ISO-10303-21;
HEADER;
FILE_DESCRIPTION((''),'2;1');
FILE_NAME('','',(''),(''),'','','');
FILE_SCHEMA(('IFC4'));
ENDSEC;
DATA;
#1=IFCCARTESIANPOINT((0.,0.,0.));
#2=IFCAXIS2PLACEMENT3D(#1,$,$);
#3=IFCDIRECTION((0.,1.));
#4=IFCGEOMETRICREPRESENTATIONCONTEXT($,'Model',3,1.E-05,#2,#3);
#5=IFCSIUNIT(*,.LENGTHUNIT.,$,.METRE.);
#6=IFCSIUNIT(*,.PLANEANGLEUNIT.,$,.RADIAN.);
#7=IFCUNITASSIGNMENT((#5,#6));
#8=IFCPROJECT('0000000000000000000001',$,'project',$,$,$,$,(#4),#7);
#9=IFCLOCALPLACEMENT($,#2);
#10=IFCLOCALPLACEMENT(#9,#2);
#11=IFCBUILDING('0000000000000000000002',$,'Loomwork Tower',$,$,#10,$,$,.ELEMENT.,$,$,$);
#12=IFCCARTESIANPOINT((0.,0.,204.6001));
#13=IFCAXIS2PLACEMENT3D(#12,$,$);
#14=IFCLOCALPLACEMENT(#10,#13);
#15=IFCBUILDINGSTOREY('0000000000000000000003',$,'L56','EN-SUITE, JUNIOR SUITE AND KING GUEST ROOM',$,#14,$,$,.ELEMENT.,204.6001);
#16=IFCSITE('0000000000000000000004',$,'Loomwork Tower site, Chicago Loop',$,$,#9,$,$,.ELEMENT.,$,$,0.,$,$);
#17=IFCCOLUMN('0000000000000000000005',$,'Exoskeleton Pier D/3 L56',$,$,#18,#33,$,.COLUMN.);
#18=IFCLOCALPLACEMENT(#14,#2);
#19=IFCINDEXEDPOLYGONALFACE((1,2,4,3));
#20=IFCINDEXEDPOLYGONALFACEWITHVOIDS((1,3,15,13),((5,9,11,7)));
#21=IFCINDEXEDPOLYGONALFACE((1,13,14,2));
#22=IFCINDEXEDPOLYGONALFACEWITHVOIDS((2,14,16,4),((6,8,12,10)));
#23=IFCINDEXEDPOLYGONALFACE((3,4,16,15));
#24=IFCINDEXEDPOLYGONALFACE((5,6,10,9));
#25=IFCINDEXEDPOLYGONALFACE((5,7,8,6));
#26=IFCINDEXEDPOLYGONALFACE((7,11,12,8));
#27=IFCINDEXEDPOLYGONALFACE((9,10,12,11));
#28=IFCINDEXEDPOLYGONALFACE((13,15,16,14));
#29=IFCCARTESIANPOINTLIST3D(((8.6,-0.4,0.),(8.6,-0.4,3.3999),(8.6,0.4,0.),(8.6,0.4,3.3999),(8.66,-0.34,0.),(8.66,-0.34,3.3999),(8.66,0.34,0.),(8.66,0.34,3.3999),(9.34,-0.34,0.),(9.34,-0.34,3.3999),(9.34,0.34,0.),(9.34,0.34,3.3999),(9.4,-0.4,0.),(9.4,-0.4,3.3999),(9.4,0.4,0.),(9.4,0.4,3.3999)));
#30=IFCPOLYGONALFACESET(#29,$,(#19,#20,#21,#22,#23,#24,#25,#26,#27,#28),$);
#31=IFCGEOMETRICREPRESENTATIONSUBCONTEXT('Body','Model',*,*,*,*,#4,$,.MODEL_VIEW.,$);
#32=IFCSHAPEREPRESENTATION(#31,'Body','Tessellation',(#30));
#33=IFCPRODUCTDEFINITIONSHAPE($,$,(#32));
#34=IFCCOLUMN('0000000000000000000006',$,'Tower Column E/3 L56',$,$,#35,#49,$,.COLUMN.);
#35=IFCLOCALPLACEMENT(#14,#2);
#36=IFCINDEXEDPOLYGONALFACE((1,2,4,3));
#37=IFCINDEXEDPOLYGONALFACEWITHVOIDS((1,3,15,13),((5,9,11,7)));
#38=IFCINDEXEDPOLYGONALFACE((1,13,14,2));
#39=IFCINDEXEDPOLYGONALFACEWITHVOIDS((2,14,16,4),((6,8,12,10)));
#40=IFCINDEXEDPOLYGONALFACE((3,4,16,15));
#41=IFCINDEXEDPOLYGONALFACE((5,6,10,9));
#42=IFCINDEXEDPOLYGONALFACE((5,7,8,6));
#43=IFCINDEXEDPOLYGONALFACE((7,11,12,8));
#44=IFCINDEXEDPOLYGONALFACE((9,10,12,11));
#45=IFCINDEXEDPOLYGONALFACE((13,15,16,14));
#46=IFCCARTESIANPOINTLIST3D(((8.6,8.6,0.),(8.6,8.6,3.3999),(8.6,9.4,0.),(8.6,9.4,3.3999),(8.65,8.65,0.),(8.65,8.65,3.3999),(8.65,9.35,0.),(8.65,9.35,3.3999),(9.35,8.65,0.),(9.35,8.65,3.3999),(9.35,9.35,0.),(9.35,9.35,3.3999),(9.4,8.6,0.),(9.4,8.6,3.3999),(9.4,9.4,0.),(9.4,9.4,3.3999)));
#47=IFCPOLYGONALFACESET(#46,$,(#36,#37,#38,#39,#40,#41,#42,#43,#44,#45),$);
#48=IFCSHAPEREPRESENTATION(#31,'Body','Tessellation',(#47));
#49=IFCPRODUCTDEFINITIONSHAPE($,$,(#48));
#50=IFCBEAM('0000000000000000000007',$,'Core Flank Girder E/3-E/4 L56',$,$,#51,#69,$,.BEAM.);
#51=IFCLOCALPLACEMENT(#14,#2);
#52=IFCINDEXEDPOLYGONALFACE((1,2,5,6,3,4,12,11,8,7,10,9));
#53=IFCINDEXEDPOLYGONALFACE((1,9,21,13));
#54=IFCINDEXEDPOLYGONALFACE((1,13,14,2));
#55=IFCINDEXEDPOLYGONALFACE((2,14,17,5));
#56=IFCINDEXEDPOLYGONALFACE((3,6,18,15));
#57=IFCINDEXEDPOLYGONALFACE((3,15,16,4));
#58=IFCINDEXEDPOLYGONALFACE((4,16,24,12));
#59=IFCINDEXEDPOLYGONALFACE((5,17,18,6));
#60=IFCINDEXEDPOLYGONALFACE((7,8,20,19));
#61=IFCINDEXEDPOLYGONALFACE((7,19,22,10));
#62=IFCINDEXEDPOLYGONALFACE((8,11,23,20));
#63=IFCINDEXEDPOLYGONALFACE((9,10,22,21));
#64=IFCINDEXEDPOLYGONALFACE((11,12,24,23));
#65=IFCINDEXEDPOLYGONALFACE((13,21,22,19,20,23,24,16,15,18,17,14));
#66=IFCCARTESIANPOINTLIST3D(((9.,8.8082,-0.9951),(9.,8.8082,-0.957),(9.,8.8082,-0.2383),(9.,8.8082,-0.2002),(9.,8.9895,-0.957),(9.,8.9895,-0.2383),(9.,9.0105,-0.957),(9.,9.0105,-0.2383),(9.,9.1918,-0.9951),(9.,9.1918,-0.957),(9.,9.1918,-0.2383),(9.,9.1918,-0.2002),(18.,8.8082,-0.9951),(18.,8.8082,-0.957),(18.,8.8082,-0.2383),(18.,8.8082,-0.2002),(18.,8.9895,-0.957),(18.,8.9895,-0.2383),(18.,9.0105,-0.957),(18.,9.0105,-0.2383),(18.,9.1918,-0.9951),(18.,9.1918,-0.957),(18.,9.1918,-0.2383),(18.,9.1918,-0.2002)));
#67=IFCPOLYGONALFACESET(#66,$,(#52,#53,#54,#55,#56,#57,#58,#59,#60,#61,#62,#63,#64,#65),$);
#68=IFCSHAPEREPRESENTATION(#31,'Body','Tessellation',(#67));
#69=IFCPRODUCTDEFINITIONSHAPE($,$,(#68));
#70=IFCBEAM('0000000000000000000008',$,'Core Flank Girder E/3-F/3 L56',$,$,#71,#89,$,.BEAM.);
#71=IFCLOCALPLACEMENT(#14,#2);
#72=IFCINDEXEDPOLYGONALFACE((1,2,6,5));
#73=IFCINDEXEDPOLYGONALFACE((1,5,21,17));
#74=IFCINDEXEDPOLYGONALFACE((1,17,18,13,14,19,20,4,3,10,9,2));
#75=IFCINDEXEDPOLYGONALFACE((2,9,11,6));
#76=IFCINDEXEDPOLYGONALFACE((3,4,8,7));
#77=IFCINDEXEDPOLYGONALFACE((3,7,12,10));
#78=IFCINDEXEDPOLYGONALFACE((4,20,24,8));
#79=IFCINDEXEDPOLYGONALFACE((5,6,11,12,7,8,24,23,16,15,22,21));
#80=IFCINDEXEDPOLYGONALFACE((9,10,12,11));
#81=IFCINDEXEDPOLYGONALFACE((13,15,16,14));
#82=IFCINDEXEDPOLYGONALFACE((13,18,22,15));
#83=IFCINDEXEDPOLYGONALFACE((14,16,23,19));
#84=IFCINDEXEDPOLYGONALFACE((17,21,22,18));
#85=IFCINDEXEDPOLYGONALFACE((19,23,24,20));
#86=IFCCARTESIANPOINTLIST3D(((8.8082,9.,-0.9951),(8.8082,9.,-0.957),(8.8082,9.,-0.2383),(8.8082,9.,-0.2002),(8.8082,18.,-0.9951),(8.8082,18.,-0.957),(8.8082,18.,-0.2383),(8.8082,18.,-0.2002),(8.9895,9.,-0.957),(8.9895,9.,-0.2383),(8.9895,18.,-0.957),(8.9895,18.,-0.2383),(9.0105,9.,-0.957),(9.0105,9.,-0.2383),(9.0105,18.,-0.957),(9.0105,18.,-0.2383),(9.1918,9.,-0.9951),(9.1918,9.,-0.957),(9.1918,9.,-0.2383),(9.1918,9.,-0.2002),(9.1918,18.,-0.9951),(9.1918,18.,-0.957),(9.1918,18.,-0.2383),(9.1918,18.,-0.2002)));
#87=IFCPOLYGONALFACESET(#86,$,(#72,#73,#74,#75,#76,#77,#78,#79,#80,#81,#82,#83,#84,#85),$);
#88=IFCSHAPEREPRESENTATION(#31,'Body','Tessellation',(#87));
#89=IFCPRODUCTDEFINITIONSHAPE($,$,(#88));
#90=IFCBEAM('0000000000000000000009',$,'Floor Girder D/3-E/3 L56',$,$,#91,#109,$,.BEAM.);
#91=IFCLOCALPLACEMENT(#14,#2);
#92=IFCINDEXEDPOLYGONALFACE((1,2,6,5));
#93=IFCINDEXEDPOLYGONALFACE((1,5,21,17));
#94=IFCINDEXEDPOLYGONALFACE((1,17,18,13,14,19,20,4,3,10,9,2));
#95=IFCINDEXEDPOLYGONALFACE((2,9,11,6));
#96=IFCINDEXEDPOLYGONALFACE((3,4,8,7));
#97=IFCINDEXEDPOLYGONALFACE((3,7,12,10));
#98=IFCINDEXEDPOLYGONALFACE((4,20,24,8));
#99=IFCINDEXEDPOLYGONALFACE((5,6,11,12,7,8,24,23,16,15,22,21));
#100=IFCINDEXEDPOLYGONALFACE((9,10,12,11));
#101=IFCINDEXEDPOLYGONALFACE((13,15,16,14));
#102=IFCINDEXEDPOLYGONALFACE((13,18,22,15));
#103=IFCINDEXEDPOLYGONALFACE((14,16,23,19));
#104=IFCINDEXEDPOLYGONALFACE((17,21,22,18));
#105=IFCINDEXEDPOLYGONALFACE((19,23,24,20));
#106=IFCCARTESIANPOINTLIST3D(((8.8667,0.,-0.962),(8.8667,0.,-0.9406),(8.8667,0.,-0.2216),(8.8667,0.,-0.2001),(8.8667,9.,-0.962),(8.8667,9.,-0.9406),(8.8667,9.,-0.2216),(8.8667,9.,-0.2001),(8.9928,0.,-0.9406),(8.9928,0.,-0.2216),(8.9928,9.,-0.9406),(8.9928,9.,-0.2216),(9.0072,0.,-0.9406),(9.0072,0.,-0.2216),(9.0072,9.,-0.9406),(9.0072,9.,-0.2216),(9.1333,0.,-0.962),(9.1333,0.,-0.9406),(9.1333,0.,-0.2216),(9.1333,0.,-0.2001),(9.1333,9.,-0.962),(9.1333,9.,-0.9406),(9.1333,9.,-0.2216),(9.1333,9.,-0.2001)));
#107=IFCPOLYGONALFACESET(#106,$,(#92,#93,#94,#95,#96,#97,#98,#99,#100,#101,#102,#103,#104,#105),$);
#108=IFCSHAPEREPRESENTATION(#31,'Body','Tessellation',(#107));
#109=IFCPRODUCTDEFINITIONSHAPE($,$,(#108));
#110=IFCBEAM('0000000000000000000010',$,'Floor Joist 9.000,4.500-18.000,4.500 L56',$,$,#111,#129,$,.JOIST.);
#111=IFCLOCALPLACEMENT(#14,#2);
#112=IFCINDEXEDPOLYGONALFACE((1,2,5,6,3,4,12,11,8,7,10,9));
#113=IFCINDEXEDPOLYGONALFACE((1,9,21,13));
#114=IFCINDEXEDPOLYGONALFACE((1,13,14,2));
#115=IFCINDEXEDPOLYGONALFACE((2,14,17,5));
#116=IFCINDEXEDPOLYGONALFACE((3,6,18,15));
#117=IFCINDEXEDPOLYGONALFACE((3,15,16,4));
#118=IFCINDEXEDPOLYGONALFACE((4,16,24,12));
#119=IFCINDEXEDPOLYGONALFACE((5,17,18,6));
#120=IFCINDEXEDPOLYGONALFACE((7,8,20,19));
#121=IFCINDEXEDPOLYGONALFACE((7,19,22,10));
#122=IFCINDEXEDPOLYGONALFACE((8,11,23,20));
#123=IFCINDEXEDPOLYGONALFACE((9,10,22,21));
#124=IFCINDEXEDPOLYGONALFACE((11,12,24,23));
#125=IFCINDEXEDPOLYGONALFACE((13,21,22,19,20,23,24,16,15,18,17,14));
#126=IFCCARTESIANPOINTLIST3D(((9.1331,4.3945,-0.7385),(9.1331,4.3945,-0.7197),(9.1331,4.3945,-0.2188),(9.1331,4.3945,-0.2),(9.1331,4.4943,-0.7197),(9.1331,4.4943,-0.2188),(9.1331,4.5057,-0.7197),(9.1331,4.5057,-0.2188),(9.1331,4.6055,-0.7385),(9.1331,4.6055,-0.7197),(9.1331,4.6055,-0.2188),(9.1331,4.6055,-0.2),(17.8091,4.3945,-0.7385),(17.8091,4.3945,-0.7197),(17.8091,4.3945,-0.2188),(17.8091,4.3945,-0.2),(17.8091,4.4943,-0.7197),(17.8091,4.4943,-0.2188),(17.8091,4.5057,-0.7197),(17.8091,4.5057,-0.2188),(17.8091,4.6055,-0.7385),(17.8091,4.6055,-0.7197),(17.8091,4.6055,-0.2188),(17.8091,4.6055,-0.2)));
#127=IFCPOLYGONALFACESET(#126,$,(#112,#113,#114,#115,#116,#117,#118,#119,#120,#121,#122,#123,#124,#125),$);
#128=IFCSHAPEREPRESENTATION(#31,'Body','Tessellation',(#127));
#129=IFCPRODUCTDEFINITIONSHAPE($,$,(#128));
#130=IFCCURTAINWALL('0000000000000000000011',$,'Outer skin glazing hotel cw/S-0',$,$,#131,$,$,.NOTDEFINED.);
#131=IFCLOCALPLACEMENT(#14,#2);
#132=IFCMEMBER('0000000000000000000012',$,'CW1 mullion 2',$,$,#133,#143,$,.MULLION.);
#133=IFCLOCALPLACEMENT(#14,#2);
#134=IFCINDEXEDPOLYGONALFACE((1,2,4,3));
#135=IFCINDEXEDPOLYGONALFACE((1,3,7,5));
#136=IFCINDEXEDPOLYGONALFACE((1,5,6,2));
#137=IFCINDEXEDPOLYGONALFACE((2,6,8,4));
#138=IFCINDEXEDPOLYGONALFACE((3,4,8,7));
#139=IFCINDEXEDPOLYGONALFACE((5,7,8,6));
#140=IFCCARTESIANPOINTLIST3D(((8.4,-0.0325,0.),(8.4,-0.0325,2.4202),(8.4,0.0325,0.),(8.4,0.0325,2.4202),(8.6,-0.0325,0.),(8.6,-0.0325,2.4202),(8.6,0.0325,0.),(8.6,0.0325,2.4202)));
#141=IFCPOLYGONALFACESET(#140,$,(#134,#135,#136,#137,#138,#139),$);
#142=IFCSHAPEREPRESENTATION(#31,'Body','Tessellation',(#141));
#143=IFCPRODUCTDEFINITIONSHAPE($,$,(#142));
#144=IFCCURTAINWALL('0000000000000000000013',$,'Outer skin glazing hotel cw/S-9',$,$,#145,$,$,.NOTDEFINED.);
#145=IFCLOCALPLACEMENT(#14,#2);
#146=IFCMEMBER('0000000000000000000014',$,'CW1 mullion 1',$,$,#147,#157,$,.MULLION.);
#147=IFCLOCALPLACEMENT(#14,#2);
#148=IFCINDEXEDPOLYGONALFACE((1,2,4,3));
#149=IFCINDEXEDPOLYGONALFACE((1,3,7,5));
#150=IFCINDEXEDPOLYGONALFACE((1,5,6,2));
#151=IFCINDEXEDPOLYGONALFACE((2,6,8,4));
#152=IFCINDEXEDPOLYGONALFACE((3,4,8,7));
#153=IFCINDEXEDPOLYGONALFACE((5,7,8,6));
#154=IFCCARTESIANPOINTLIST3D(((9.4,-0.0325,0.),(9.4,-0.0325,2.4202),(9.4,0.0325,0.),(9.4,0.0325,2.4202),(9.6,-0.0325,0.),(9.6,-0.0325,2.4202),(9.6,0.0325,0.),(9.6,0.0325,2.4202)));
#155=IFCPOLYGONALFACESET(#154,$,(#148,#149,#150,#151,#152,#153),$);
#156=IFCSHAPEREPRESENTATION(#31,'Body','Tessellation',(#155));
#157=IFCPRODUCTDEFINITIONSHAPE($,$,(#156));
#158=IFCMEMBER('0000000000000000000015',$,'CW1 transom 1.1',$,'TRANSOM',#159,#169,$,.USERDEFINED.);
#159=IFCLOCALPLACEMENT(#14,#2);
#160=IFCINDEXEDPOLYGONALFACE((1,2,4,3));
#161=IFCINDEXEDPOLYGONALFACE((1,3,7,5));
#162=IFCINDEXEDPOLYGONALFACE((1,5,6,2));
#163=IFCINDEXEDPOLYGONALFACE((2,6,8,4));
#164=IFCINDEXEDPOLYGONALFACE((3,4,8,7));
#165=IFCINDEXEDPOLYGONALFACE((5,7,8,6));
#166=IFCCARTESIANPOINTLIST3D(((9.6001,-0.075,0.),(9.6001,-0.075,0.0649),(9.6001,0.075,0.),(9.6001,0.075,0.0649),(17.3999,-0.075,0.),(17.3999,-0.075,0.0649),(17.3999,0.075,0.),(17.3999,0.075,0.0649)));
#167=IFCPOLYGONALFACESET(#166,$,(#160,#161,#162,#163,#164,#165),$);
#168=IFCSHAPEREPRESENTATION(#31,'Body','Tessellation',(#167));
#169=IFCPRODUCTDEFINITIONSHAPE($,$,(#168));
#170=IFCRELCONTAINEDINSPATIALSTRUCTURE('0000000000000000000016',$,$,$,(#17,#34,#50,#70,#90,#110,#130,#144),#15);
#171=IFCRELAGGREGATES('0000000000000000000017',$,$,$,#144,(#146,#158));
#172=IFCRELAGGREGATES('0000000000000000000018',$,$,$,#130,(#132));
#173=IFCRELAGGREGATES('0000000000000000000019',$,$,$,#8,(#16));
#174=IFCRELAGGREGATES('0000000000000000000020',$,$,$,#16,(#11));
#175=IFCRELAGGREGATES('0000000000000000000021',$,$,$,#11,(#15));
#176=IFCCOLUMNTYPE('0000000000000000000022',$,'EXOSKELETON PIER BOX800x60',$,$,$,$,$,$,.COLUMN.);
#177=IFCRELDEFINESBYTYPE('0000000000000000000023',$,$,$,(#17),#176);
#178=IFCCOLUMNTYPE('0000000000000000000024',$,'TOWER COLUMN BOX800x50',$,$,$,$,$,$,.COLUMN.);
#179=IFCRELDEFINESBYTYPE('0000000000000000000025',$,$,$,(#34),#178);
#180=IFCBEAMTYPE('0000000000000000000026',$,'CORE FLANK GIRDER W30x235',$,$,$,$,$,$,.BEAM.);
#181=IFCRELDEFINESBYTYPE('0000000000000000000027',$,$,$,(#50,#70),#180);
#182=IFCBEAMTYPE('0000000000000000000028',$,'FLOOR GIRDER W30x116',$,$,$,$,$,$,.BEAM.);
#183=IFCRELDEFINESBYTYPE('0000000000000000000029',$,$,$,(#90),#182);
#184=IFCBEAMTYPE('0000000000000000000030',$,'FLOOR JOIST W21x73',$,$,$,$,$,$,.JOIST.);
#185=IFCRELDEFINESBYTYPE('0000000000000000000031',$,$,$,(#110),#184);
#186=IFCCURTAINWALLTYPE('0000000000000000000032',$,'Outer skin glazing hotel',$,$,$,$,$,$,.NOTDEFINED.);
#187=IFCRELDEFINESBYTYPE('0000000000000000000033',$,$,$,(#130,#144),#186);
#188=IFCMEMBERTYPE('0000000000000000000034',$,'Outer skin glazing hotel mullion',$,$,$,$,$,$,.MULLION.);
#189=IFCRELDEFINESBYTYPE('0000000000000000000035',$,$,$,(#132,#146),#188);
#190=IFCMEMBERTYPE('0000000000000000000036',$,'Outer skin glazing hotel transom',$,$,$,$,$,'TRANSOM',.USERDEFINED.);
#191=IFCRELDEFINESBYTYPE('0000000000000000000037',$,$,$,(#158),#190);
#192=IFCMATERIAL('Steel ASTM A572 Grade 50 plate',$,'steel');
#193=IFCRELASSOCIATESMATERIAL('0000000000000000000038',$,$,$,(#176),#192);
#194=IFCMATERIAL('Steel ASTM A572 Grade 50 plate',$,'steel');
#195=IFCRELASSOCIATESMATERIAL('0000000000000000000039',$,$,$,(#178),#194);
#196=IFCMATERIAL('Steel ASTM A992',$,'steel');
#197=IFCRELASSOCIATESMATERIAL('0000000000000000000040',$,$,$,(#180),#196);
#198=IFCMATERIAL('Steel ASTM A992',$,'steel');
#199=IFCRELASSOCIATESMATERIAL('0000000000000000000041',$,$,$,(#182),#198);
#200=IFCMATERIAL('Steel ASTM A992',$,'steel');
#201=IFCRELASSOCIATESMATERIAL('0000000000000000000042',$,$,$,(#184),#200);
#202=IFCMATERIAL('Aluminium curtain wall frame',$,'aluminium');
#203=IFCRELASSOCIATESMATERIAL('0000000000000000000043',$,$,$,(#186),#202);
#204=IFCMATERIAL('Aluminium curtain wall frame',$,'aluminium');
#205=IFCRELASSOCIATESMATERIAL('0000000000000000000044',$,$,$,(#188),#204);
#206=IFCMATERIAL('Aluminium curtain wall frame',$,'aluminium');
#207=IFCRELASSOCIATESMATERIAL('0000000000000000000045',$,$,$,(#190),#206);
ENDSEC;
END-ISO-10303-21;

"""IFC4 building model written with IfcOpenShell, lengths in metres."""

from ifc_helpers import new_model, si_unit, direction, frame, origin, origin_2d, place, context, subcontext, project, spatial, rectangle, hollow_rectangle, i_section, extrude, material, material_profile, profile_set, type_object, element, aggregate, save


model = new_model("IFC4")

# Units and contexts
model_context = context("Model", 3, precision=1e-05, world=origin(), true_north=direction((0.0, 1.0)))
body_context = subcontext(model_context, "Body", "Model", "MODEL_VIEW")
ifc_project = project(units=[si_unit("LENGTHUNIT", "METRE"), si_unit("PLANEANGLEUNIT", "RADIAN")], contexts=[model_context])

# Site, building, storey
site_placement = place(None, origin())
site = spatial("IfcSite", under=ifc_project, at=site_placement, Name="Loomwork Tower site, Chicago Loop", CompositionType="ELEMENT", RefElevation=0.0)
building_placement = place(site_placement, origin())
building = spatial("IfcBuilding", under=site, at=building_placement, Name="Loomwork Tower", CompositionType="ELEMENT")
storey_placement = place(building_placement, frame((0.0, 0.0, 204.6001)))
storey = spatial("IfcBuildingStorey", under=building, at=storey_placement, Name="L56", Description="EN-SUITE, JUNIOR SUITE AND KING GUEST ROOM", CompositionType="ELEMENT", Elevation=204.6001)

# Columns
ifc_material_1 = material(Name="Steel ASTM A572 Grade 50 plate", Category="steel")
ifc_material_profile_1 = material_profile(ifc_material_1, hollow_rectangle(XDim=0.8, YDim=0.8, WallThickness=0.0601, at=origin_2d()), Name="BOX800x60")
ifc_profile_set_1 = profile_set([ifc_material_profile_1], Name="Steel ASTM A572 Grade 50 plate")
column_type_1 = type_object("IfcColumnType", Name="EXOSKELETON PIER BOX800x60", PredefinedType="COLUMN", material=ifc_profile_set_1)
column_1_placement = place(storey_placement, frame((9.0, 0.0, 0.0), z_axis=(0.0, 0.0, 1.0), x_axis=(1.0, 0.0, 0.0)))
element("IfcColumn", 1, at=column_1_placement, inside=storey, type_object=column_type_1, Name="Exoskeleton Pier D/3 L56", PredefinedType="COLUMN", context=body_context, shape_type="SweptSolid", body=[
    extrude(hollow_rectangle(XDim=0.8, YDim=0.8, WallThickness=0.0601, at=origin_2d()), origin(), (0.0, 0.0, 1.0), 3.3999),
])
ifc_material_2 = material(Name="Steel ASTM A572 Grade 50 plate", Category="steel")
ifc_material_profile_2 = material_profile(ifc_material_2, hollow_rectangle(XDim=0.8, YDim=0.8, WallThickness=0.05, at=origin_2d()), Name="BOX800x50")
ifc_profile_set_2 = profile_set([ifc_material_profile_2], Name="Steel ASTM A572 Grade 50 plate")
column_type_2 = type_object("IfcColumnType", Name="TOWER COLUMN BOX800x50", PredefinedType="COLUMN", material=ifc_profile_set_2)
column_2_placement = place(storey_placement, frame((9.0, 9.0, 0.0), z_axis=(0.0, 0.0, 1.0), x_axis=(1.0, 0.0, 0.0)))
element("IfcColumn", 2, at=column_2_placement, inside=storey, type_object=column_type_2, Name="Tower Column E/3 L56", PredefinedType="COLUMN", context=body_context, shape_type="SweptSolid", body=[
    extrude(hollow_rectangle(XDim=0.8, YDim=0.8, WallThickness=0.05, at=origin_2d()), origin(), (0.0, 0.0, 1.0), 3.3999),
])

# Beams
ifc_material_3 = material(Name="Steel ASTM A992", Category="steel")
ifc_material_profile_3 = material_profile(ifc_material_3, i_section(OverallWidth=0.3835, OverallDepth=0.7949, WebThickness=0.021, FlangeThickness=0.0381, at=origin_2d()), Name="W30x235")
ifc_profile_set_3 = profile_set([ifc_material_profile_3], Name="Steel ASTM A992")
beam_type_1 = type_object("IfcBeamType", Name="CORE FLANK GIRDER W30x235", PredefinedType="BEAM", material=ifc_profile_set_3)
for number, where, z_axis, x_axis, name in (
    (3, (9.0, 9.0, -0.5977), (1.0, 0.0, 0.0), (0.0, 1.0, 0.0), "Core Flank Girder E/3-E/4 L56"),
    (4, (9.0, 9.0, -0.5977), (0.0, 1.0, 0.0), (-1.0, 0.0, 0.0), "Core Flank Girder E/3-F/3 L56"),
):
    element("IfcBeam", number, at=place(storey_placement, frame(where, z_axis=z_axis, x_axis=x_axis)), inside=storey, type_object=beam_type_1, Name=name, PredefinedType="BEAM", context=body_context, shape_type="SweptSolid", body=[
        extrude(i_section(OverallWidth=0.3835, OverallDepth=0.7949, WebThickness=0.021, FlangeThickness=0.0381, at=origin_2d()), origin(), (0.0, 0.0, 1.0), 9.0),
    ])
ifc_material_4 = material(Name="Steel ASTM A992", Category="steel")
ifc_material_profile_4 = material_profile(ifc_material_4, i_section(OverallWidth=0.2666, OverallDepth=0.762, WebThickness=0.0144, FlangeThickness=0.0215, at=origin_2d()), Name="W30x116")
ifc_profile_set_4 = profile_set([ifc_material_profile_4], Name="Steel ASTM A992")
beam_type_2 = type_object("IfcBeamType", Name="FLOOR GIRDER W30x116", PredefinedType="BEAM", material=ifc_profile_set_4)
beam_1_placement = place(storey_placement, frame((9.0, 0.0, -0.5811), z_axis=(0.0, 1.0, 0.0), x_axis=(-1.0, 0.0, 0.0)))
element("IfcBeam", 5, at=beam_1_placement, inside=storey, type_object=beam_type_2, Name="Floor Girder D/3-E/3 L56", PredefinedType="BEAM", context=body_context, shape_type="SweptSolid", body=[
    extrude(i_section(OverallWidth=0.2666, OverallDepth=0.762, WebThickness=0.0144, FlangeThickness=0.0215, at=origin_2d()), origin(), (0.0, 0.0, 1.0), 9.0),
])
ifc_material_5 = material(Name="Steel ASTM A992", Category="steel")
ifc_material_profile_5 = material_profile(ifc_material_5, i_section(OverallWidth=0.2109, OverallDepth=0.5386, WebThickness=0.0115, FlangeThickness=0.0188, at=origin_2d()), Name="W21x73")
ifc_profile_set_5 = profile_set([ifc_material_profile_5], Name="Steel ASTM A992")
beam_type_3 = type_object("IfcBeamType", Name="FLOOR JOIST W21x73", PredefinedType="JOIST", material=ifc_profile_set_5)
beam_2_placement = place(storey_placement, frame((9.1331, 4.5, -0.4692), z_axis=(1.0, 0.0, 0.0), x_axis=(0.0, 1.0, 0.0)))
element("IfcBeam", 6, at=beam_2_placement, inside=storey, type_object=beam_type_3, Name="Floor Joist 9.000,4.500-18.000,4.500 L56", PredefinedType="JOIST", context=body_context, shape_type="SweptSolid", body=[
    extrude(i_section(OverallWidth=0.2109, OverallDepth=0.5386, WebThickness=0.0115, FlangeThickness=0.0188, at=origin_2d()), origin(), (0.0, 0.0, 1.0), 8.676),
])

# Curtain wall, member
ifc_material_6 = material(Name="Aluminium curtain wall frame", Category="aluminium")
curtain_wall_type = type_object("IfcCurtainWallType", Name="Outer skin glazing hotel", PredefinedType="NOTDEFINED", material=ifc_material_6)
curtain_wall_1_placement = place(storey_placement, origin())
curtain_wall_1 = element("IfcCurtainWall", 7, at=curtain_wall_1_placement, inside=storey, type_object=curtain_wall_type, Name="Outer skin glazing hotel cw/S-0", PredefinedType="NOTDEFINED")
ifc_material_7 = material(Name="Aluminium curtain wall frame", Category="aluminium")
ifc_material_profile_6 = material_profile(ifc_material_7, rectangle(XDim=0.0649, YDim=0.2, at=origin_2d()), Name="AL 65x200")
ifc_profile_set_6 = profile_set([ifc_material_profile_6], Name="Aluminium curtain wall frame")
member_type_1 = type_object("IfcMemberType", Name="Outer skin glazing hotel mullion", PredefinedType="MULLION", material=ifc_profile_set_6)
member_1_placement = place(storey_placement, frame((8.5, 0.0, 0.0), z_axis=(0.0, 0.0, 1.0), x_axis=(0.0, 1.0, 0.0)))
member_1 = element("IfcMember", 8, at=member_1_placement, type_object=member_type_1, Name="CW1 mullion 2", PredefinedType="MULLION", context=body_context, shape_type="SweptSolid", body=[
    extrude(rectangle(XDim=0.0649, YDim=0.2, at=origin_2d()), origin(), (0.0, 0.0, 1.0), 2.4202),
])

# Curtain wall, members
curtain_wall_2_placement = place(storey_placement, origin())
curtain_wall_2 = element("IfcCurtainWall", 9, at=curtain_wall_2_placement, inside=storey, type_object=curtain_wall_type, Name="Outer skin glazing hotel cw/S-9", PredefinedType="NOTDEFINED")
member_2_placement = place(storey_placement, frame((9.5, 0.0, 0.0), z_axis=(0.0, 0.0, 1.0), x_axis=(0.0, 1.0, 0.0)))
member_2 = element("IfcMember", 10, at=member_2_placement, type_object=member_type_1, Name="CW1 mullion 1", PredefinedType="MULLION", context=body_context, shape_type="SweptSolid", body=[
    extrude(rectangle(XDim=0.0649, YDim=0.2, at=origin_2d()), origin(), (0.0, 0.0, 1.0), 2.4202),
])
ifc_material_8 = material(Name="Aluminium curtain wall frame", Category="aluminium")
ifc_material_profile_7 = material_profile(ifc_material_8, rectangle(XDim=0.1499, YDim=0.0649, at=origin_2d()), Name="AL 65x150")
ifc_profile_set_7 = profile_set([ifc_material_profile_7], Name="Aluminium curtain wall frame")
member_type_2 = type_object("IfcMemberType", Name="Outer skin glazing hotel transom", ElementType="TRANSOM", PredefinedType="USERDEFINED", material=ifc_profile_set_7)
member_3_placement = place(storey_placement, frame((9.6001, 0.0, 0.0325), z_axis=(1.0, 0.0, 0.0), x_axis=(0.0, 1.0, 0.0)))
member_3 = element("IfcMember", 11, at=member_3_placement, type_object=member_type_2, Name="CW1 transom 1.1", ObjectType="TRANSOM", PredefinedType="USERDEFINED", context=body_context, shape_type="SweptSolid", body=[
    extrude(rectangle(XDim=0.1499, YDim=0.0649, at=origin_2d()), origin(), (0.0, 0.0, 1.0), 7.7998),
])
aggregate(curtain_wall_2, [member_2, member_3])

aggregate(curtain_wall_1, [member_1])

save(model, "model.ifc")
